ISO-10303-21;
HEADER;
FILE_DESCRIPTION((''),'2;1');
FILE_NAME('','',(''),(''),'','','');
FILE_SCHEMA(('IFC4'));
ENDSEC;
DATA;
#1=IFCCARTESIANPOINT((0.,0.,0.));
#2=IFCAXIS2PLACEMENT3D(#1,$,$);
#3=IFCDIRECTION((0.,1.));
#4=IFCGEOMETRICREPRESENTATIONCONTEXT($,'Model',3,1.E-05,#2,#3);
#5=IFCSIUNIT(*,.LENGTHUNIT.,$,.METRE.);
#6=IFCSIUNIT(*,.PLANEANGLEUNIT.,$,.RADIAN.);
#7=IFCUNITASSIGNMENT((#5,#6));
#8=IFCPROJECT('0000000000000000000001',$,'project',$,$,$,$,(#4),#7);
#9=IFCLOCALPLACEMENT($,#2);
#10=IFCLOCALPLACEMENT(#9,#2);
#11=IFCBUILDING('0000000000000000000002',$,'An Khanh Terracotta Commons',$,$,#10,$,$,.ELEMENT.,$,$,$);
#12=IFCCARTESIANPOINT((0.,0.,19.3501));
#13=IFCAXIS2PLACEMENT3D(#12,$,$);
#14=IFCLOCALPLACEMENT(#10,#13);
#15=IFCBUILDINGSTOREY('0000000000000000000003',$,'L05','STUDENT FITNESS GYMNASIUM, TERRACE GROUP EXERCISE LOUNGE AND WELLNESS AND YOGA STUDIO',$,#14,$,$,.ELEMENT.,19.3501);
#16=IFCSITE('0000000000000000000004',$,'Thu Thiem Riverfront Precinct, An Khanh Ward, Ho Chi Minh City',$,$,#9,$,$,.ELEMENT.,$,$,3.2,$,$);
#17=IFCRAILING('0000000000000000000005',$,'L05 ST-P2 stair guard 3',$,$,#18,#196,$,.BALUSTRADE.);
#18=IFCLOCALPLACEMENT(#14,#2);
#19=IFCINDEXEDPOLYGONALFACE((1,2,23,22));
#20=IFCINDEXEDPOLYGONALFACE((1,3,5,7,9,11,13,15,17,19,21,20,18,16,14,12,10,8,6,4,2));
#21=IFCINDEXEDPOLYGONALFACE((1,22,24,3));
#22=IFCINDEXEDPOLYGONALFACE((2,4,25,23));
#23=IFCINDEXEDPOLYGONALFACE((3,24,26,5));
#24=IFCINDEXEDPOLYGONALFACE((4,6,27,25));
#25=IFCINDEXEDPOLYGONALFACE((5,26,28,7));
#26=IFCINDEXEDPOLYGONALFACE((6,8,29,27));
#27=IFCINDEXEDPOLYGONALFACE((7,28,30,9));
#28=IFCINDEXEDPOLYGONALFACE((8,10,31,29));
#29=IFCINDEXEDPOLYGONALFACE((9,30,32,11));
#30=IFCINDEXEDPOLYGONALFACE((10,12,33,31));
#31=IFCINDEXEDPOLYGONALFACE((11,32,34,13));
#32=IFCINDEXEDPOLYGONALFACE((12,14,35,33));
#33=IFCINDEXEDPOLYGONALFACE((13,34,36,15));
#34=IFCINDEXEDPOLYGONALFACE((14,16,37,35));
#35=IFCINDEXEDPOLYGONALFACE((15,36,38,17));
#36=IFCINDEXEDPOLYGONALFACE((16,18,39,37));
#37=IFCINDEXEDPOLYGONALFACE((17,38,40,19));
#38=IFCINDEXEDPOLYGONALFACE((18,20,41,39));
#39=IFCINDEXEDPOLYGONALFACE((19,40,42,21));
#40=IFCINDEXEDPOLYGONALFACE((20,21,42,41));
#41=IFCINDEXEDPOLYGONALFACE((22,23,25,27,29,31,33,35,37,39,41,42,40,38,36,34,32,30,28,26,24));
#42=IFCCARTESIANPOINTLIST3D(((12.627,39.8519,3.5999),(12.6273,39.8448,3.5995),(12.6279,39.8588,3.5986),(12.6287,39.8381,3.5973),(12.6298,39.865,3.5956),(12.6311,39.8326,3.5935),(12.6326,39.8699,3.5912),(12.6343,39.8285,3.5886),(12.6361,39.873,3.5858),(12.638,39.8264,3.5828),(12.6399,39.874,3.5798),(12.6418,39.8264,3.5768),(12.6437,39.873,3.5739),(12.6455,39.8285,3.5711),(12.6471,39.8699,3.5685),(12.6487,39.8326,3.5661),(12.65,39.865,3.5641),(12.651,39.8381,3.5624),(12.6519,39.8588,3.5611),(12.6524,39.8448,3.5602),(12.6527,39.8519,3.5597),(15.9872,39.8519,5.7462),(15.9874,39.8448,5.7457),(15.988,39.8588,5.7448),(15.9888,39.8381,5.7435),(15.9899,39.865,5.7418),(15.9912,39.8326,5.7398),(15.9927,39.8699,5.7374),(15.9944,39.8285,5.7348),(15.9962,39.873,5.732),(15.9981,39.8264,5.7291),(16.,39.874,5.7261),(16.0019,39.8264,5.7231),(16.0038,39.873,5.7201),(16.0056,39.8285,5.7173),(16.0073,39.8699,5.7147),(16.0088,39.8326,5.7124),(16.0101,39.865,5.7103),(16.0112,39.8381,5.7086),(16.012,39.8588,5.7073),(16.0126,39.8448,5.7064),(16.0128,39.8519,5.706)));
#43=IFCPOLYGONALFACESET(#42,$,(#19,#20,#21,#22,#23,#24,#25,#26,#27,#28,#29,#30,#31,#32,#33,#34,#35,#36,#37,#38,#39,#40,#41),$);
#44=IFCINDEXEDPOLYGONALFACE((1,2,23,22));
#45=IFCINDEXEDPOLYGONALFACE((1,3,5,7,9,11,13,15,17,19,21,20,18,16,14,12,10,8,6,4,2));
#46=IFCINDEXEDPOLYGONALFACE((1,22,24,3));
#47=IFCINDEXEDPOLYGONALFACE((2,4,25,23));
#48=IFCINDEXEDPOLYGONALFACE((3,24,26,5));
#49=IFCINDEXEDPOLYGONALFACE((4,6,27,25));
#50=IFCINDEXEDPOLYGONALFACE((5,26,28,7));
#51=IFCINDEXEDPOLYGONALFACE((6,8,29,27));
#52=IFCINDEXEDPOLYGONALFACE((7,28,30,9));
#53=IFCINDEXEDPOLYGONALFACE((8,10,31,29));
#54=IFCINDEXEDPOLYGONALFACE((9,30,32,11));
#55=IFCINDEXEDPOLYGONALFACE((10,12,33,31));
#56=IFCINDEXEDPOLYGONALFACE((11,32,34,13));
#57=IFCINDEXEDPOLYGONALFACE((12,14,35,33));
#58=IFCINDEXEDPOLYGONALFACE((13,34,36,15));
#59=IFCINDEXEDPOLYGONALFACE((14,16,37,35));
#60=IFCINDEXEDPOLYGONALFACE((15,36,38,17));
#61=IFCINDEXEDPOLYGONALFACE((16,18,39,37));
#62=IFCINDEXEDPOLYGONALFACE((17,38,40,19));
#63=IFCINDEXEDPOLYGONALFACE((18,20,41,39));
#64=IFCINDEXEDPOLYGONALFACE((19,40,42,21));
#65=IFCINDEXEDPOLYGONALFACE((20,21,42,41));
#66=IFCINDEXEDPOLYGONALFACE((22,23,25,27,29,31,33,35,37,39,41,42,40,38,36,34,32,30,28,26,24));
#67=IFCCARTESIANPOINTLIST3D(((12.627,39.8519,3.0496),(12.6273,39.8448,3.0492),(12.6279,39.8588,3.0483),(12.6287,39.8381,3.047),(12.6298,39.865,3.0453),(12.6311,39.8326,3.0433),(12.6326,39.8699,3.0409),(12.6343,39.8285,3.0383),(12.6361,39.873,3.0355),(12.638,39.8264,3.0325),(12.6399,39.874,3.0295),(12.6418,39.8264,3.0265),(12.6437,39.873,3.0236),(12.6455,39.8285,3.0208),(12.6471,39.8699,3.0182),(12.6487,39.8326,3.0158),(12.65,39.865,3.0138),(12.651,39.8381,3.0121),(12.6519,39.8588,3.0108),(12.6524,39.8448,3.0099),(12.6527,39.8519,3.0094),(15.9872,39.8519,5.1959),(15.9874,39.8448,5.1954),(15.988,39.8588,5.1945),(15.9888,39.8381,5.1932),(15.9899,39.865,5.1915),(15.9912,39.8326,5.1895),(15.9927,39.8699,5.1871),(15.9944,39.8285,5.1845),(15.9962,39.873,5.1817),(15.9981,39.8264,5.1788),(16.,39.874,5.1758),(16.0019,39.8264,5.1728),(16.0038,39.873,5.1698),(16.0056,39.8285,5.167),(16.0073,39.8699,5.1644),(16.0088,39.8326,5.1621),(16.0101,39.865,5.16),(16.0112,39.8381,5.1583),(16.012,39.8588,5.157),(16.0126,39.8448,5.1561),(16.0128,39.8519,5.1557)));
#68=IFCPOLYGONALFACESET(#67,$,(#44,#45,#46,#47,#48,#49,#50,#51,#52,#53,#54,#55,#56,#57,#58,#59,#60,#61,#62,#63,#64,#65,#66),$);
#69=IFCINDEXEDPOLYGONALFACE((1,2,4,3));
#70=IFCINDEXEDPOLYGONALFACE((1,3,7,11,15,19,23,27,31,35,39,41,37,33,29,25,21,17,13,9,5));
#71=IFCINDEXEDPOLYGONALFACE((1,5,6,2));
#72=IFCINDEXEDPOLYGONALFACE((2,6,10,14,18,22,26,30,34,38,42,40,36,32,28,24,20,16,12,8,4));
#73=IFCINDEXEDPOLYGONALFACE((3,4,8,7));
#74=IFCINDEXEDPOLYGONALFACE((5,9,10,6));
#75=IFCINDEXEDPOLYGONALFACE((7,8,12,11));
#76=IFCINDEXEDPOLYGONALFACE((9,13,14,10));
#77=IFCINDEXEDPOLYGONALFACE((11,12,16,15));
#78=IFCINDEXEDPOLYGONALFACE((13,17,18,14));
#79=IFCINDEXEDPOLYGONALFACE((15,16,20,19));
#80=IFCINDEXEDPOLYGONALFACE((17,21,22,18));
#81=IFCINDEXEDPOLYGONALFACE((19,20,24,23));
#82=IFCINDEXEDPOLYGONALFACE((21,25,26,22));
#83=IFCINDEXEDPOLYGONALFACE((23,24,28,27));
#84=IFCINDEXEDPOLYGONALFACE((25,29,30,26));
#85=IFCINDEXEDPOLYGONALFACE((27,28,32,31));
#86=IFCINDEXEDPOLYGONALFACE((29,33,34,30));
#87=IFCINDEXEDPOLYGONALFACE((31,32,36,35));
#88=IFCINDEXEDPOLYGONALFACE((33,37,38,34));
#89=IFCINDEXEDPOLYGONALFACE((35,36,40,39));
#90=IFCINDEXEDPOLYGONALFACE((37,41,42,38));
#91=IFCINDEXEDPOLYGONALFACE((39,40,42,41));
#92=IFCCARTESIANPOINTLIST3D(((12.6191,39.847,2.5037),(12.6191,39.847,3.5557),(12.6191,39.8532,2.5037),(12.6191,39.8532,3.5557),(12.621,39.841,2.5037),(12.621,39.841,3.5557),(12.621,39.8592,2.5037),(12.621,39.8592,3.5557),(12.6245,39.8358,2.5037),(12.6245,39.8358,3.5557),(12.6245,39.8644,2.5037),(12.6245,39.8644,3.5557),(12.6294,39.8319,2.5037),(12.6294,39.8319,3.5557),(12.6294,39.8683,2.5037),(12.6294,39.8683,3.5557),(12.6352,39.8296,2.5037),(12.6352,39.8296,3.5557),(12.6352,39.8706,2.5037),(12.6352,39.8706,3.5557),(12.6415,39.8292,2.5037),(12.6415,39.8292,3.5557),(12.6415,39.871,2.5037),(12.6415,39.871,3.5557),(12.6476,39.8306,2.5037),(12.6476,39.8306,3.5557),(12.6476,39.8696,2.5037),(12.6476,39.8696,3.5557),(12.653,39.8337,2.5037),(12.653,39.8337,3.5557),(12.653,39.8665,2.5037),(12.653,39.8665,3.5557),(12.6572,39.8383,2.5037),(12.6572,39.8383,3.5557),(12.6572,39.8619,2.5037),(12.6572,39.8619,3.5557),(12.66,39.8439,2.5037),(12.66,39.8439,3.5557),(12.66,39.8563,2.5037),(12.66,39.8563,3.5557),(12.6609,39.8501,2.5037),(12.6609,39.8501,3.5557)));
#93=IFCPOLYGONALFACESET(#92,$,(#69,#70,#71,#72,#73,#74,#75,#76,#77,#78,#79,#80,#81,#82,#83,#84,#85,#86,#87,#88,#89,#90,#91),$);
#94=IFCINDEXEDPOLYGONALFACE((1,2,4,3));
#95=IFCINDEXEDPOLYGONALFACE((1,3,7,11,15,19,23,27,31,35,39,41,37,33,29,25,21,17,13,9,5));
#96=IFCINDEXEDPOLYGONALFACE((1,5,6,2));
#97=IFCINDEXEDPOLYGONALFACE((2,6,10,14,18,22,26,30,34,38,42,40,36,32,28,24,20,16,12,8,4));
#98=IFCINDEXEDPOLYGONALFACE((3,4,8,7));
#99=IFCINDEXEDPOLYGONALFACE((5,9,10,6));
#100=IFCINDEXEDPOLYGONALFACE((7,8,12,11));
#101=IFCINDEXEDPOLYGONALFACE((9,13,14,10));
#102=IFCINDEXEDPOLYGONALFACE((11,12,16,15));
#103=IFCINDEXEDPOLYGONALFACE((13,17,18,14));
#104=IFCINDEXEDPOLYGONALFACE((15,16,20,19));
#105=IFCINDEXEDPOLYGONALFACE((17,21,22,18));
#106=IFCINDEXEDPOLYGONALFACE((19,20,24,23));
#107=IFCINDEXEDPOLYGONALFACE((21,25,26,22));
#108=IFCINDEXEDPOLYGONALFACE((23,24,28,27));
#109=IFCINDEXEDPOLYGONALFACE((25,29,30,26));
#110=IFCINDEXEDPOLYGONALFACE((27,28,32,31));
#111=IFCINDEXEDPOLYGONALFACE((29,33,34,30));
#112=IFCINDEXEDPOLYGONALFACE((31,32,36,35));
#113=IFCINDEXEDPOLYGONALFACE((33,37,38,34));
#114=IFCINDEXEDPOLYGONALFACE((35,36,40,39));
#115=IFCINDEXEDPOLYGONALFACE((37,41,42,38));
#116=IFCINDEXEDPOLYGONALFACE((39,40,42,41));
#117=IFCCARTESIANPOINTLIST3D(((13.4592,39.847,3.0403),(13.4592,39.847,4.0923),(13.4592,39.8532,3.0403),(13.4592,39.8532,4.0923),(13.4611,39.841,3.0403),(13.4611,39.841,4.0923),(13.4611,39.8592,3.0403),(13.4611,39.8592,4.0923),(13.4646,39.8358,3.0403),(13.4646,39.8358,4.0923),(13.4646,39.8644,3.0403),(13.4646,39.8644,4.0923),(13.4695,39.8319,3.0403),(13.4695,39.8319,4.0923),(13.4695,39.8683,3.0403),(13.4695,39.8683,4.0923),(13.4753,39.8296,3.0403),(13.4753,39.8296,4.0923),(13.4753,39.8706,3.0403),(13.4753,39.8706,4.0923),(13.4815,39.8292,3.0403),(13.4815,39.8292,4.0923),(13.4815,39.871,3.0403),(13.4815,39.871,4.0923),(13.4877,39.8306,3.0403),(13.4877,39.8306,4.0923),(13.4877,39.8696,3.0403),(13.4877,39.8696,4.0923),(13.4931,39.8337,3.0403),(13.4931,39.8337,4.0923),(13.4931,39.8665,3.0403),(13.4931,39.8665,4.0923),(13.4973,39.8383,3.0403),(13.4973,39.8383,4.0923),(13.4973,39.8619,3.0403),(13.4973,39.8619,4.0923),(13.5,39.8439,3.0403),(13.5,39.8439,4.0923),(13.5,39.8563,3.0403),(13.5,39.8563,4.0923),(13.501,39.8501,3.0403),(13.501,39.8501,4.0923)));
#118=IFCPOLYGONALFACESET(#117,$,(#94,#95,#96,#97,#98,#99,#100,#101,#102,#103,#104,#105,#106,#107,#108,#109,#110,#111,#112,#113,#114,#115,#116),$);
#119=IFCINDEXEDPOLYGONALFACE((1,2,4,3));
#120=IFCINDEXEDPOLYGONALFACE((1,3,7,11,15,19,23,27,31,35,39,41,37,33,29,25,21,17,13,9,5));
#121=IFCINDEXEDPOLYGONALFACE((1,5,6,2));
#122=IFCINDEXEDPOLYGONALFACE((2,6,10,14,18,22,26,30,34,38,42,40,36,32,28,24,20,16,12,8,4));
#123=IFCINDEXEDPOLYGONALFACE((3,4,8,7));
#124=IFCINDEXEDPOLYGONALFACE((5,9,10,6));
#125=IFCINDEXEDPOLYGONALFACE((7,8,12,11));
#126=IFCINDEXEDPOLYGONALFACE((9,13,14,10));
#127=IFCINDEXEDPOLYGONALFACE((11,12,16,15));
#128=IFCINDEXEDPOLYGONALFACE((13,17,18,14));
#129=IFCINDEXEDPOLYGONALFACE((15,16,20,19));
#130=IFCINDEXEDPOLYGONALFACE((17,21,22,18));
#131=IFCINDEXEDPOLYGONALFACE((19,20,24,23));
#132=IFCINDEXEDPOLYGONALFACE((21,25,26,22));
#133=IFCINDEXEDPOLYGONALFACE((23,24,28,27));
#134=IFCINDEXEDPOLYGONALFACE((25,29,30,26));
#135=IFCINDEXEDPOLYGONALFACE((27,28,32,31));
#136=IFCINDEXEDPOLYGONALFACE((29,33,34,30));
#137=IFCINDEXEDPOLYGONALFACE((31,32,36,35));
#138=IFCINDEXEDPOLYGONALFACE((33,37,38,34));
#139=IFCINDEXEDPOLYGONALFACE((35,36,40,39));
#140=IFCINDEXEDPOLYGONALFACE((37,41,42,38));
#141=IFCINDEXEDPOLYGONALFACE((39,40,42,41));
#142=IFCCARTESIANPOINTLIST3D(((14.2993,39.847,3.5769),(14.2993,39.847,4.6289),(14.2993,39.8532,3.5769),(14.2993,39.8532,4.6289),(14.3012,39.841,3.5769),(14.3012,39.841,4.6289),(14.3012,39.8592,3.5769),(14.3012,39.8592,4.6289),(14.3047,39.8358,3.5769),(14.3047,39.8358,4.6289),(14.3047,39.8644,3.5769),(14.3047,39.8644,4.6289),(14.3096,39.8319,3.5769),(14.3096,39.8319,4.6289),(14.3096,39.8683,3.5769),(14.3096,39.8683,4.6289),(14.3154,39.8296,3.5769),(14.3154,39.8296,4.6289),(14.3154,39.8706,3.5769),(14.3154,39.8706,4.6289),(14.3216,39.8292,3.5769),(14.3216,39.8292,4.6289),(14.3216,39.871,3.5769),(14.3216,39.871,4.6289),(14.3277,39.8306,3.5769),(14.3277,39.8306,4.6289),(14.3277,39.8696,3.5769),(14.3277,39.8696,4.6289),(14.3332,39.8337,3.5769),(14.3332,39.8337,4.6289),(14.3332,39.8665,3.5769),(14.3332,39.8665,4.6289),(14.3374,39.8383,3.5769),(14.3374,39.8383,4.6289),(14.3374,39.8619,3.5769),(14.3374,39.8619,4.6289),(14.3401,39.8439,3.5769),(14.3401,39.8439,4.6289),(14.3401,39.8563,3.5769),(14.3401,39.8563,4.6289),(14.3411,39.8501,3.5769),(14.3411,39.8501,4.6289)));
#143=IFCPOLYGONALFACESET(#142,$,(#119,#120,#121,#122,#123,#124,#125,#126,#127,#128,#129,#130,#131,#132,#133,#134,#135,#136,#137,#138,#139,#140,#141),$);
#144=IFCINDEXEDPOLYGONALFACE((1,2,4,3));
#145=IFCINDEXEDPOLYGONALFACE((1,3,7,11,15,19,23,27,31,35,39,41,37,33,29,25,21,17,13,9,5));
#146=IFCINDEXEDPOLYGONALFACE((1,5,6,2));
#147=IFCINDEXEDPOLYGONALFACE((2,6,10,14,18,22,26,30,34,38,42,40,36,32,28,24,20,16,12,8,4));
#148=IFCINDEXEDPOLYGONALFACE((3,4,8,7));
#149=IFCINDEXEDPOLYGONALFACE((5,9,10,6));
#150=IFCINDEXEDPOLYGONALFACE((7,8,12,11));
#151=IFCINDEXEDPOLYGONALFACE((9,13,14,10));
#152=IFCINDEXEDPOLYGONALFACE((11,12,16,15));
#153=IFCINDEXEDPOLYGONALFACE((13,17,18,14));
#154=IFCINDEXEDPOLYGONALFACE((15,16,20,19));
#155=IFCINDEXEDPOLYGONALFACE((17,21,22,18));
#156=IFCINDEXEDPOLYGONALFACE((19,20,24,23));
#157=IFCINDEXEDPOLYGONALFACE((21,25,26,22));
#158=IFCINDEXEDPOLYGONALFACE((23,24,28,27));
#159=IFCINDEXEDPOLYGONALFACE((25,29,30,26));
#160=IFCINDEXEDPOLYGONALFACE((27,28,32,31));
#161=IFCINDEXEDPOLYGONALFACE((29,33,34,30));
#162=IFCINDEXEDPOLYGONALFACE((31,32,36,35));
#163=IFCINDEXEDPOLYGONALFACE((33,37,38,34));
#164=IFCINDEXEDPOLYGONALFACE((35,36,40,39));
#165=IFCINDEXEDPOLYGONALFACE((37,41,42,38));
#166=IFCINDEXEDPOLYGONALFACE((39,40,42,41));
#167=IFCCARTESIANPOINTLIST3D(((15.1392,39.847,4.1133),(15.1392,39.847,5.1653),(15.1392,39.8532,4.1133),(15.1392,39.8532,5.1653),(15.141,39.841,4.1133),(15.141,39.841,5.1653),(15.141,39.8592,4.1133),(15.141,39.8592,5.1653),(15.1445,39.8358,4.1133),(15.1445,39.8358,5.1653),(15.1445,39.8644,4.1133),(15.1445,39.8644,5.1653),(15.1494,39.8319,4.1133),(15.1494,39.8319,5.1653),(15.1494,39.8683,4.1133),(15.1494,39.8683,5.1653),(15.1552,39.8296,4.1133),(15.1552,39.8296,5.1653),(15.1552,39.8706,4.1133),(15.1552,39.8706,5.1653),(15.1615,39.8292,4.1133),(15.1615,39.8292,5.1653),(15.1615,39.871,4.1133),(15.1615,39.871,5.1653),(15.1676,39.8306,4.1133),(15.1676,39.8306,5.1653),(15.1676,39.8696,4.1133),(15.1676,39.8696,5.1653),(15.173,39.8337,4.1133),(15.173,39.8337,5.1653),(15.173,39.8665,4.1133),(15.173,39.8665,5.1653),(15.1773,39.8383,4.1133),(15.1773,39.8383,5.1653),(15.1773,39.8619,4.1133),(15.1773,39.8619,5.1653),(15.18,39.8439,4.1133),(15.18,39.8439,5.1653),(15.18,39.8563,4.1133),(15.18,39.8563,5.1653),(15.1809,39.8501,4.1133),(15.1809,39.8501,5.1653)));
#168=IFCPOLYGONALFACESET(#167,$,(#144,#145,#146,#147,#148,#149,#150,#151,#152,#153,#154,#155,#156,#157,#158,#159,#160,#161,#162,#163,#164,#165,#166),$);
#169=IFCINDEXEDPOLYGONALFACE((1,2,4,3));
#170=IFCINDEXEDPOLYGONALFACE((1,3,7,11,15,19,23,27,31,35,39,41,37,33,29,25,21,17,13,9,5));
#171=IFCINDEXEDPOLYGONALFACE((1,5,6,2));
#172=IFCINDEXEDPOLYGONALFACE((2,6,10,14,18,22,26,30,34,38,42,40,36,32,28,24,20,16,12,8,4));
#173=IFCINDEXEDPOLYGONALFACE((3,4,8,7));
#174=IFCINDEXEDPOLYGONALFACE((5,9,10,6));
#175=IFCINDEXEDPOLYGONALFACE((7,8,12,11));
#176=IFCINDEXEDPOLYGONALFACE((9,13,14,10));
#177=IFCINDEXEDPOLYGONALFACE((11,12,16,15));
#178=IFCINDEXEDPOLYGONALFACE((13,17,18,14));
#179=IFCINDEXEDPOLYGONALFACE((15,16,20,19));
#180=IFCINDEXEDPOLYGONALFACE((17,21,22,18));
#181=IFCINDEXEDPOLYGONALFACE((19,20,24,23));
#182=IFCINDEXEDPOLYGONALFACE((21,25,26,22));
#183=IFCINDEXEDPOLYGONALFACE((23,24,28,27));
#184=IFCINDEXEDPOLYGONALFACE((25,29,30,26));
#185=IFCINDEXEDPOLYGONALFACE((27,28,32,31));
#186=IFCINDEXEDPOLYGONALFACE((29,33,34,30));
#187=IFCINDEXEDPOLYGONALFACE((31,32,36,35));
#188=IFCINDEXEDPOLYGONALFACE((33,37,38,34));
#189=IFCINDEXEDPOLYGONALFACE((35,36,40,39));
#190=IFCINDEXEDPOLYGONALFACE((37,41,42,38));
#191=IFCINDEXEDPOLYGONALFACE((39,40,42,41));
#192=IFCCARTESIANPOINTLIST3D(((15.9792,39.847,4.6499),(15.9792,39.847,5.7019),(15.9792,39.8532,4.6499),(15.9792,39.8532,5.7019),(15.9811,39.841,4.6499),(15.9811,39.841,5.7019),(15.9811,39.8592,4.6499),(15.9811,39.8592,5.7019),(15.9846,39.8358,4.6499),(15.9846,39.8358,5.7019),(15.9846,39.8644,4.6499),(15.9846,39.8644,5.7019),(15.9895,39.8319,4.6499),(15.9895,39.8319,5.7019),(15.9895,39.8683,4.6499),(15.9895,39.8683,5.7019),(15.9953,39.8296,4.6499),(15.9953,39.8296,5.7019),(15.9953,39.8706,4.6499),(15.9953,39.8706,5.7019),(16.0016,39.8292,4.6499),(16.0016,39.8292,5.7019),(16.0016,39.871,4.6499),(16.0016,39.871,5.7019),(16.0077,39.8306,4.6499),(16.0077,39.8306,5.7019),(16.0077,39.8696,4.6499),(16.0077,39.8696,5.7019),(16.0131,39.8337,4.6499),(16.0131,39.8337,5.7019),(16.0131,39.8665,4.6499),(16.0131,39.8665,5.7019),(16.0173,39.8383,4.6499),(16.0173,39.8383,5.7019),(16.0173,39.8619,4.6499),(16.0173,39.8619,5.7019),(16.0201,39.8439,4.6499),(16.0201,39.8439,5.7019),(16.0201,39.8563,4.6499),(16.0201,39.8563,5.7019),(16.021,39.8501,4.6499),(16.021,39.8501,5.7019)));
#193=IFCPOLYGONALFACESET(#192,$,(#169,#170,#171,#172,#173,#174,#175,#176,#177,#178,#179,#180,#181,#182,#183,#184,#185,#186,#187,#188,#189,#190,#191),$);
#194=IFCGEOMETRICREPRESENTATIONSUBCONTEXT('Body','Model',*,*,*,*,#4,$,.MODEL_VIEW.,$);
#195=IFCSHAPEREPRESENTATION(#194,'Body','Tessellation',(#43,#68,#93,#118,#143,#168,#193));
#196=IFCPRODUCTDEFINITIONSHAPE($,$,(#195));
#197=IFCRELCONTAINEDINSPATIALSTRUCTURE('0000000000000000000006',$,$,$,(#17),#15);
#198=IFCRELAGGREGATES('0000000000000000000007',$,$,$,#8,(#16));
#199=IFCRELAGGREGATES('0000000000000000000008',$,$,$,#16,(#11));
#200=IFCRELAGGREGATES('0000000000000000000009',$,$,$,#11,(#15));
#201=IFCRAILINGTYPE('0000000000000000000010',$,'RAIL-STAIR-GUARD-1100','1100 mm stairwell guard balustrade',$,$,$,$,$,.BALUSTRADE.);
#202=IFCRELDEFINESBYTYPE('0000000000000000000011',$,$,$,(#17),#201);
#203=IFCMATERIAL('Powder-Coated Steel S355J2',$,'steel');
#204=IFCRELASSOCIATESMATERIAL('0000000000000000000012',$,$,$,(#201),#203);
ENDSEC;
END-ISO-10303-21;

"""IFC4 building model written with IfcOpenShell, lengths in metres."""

from ifc_helpers import new_model, si_unit, direction, frame, origin, origin_2d, place, context, subcontext, project, spatial, circle, extrude, material, type_object, element, save


model = new_model("IFC4")

# Units and contexts
model_context = context("Model", 3, precision=1e-05, world=origin(), true_north=direction((0.0, 1.0)))
body_context = subcontext(model_context, "Body", "Model", "MODEL_VIEW")
ifc_project = project(units=[si_unit("LENGTHUNIT", "METRE"), si_unit("PLANEANGLEUNIT", "RADIAN")], contexts=[model_context])

# Site, building, storey
site_placement = place(None, origin())
site = spatial("IfcSite", under=ifc_project, at=site_placement, Name="Thu Thiem Riverfront Precinct, An Khanh Ward, Ho Chi Minh City", CompositionType="ELEMENT", RefElevation=3.2)
building_placement = place(site_placement, origin())
building = spatial("IfcBuilding", under=site, at=building_placement, Name="An Khanh Terracotta Commons", CompositionType="ELEMENT")
storey_placement = place(building_placement, frame((0.0, 0.0, 19.3501)))
storey = spatial("IfcBuildingStorey", under=building, at=storey_placement, Name="L05", Description="STUDENT FITNESS GYMNASIUM, TERRACE GROUP EXERCISE LOUNGE AND WELLNESS AND YOGA STUDIO", CompositionType="ELEMENT", Elevation=19.3501)

# Railing
ifc_material_1 = material(Name="Powder-Coated Steel S355J2", Category="steel")
railing_type_1 = type_object("IfcRailingType", Name="RAIL-STAIR-GUARD-1100", Description="1100 mm stairwell guard balustrade", PredefinedType="BALUSTRADE", material=ifc_material_1)
railing_1_placement = place(storey_placement, frame((12.6399, 39.8501, 2.5037)))
element("IfcRailing", 1, at=railing_1_placement, inside=storey, type_object=railing_type_1, Name="L05 ST-P2 stair guard 3", PredefinedType="BALUSTRADE", context=body_context, shape_type="SweptSolid", body=[
    extrude(circle(Radius=0.0239, at=origin_2d()), frame((0.0, 0.0, 1.0762), z_axis=(0.842753, 0.0, 0.538301), x_axis=(0.0, 1.0, 0.0)), (0.0, 0.0, 1.0), 3.9871),
    extrude(circle(Radius=0.0239, at=origin_2d()), frame((0.0, 0.0, 0.5259), z_axis=(0.842753, 0.0, 0.538301), x_axis=(0.0, 1.0, 0.0)), (0.0, 0.0, 1.0), 3.9871),
    extrude(circle(Radius=0.021, at=origin_2d()), origin(), (0.0, 0.0, 1.0), 1.052),
    extrude(circle(Radius=0.021, at=origin_2d()), frame((0.8401, 0.0, 0.5366)), (0.0, 0.0, 1.0), 1.052),
    extrude(circle(Radius=0.021, at=origin_2d()), frame((1.6802, 0.0, 1.0732)), (0.0, 0.0, 1.0), 1.052),
    extrude(circle(Radius=0.021, at=origin_2d()), frame((2.52, 0.0, 1.6096)), (0.0, 0.0, 1.0), 1.052),
    extrude(circle(Radius=0.021, at=origin_2d()), frame((3.3601, 0.0, 2.1462)), (0.0, 0.0, 1.0), 1.052),
])

save(model, "model.ifc")
